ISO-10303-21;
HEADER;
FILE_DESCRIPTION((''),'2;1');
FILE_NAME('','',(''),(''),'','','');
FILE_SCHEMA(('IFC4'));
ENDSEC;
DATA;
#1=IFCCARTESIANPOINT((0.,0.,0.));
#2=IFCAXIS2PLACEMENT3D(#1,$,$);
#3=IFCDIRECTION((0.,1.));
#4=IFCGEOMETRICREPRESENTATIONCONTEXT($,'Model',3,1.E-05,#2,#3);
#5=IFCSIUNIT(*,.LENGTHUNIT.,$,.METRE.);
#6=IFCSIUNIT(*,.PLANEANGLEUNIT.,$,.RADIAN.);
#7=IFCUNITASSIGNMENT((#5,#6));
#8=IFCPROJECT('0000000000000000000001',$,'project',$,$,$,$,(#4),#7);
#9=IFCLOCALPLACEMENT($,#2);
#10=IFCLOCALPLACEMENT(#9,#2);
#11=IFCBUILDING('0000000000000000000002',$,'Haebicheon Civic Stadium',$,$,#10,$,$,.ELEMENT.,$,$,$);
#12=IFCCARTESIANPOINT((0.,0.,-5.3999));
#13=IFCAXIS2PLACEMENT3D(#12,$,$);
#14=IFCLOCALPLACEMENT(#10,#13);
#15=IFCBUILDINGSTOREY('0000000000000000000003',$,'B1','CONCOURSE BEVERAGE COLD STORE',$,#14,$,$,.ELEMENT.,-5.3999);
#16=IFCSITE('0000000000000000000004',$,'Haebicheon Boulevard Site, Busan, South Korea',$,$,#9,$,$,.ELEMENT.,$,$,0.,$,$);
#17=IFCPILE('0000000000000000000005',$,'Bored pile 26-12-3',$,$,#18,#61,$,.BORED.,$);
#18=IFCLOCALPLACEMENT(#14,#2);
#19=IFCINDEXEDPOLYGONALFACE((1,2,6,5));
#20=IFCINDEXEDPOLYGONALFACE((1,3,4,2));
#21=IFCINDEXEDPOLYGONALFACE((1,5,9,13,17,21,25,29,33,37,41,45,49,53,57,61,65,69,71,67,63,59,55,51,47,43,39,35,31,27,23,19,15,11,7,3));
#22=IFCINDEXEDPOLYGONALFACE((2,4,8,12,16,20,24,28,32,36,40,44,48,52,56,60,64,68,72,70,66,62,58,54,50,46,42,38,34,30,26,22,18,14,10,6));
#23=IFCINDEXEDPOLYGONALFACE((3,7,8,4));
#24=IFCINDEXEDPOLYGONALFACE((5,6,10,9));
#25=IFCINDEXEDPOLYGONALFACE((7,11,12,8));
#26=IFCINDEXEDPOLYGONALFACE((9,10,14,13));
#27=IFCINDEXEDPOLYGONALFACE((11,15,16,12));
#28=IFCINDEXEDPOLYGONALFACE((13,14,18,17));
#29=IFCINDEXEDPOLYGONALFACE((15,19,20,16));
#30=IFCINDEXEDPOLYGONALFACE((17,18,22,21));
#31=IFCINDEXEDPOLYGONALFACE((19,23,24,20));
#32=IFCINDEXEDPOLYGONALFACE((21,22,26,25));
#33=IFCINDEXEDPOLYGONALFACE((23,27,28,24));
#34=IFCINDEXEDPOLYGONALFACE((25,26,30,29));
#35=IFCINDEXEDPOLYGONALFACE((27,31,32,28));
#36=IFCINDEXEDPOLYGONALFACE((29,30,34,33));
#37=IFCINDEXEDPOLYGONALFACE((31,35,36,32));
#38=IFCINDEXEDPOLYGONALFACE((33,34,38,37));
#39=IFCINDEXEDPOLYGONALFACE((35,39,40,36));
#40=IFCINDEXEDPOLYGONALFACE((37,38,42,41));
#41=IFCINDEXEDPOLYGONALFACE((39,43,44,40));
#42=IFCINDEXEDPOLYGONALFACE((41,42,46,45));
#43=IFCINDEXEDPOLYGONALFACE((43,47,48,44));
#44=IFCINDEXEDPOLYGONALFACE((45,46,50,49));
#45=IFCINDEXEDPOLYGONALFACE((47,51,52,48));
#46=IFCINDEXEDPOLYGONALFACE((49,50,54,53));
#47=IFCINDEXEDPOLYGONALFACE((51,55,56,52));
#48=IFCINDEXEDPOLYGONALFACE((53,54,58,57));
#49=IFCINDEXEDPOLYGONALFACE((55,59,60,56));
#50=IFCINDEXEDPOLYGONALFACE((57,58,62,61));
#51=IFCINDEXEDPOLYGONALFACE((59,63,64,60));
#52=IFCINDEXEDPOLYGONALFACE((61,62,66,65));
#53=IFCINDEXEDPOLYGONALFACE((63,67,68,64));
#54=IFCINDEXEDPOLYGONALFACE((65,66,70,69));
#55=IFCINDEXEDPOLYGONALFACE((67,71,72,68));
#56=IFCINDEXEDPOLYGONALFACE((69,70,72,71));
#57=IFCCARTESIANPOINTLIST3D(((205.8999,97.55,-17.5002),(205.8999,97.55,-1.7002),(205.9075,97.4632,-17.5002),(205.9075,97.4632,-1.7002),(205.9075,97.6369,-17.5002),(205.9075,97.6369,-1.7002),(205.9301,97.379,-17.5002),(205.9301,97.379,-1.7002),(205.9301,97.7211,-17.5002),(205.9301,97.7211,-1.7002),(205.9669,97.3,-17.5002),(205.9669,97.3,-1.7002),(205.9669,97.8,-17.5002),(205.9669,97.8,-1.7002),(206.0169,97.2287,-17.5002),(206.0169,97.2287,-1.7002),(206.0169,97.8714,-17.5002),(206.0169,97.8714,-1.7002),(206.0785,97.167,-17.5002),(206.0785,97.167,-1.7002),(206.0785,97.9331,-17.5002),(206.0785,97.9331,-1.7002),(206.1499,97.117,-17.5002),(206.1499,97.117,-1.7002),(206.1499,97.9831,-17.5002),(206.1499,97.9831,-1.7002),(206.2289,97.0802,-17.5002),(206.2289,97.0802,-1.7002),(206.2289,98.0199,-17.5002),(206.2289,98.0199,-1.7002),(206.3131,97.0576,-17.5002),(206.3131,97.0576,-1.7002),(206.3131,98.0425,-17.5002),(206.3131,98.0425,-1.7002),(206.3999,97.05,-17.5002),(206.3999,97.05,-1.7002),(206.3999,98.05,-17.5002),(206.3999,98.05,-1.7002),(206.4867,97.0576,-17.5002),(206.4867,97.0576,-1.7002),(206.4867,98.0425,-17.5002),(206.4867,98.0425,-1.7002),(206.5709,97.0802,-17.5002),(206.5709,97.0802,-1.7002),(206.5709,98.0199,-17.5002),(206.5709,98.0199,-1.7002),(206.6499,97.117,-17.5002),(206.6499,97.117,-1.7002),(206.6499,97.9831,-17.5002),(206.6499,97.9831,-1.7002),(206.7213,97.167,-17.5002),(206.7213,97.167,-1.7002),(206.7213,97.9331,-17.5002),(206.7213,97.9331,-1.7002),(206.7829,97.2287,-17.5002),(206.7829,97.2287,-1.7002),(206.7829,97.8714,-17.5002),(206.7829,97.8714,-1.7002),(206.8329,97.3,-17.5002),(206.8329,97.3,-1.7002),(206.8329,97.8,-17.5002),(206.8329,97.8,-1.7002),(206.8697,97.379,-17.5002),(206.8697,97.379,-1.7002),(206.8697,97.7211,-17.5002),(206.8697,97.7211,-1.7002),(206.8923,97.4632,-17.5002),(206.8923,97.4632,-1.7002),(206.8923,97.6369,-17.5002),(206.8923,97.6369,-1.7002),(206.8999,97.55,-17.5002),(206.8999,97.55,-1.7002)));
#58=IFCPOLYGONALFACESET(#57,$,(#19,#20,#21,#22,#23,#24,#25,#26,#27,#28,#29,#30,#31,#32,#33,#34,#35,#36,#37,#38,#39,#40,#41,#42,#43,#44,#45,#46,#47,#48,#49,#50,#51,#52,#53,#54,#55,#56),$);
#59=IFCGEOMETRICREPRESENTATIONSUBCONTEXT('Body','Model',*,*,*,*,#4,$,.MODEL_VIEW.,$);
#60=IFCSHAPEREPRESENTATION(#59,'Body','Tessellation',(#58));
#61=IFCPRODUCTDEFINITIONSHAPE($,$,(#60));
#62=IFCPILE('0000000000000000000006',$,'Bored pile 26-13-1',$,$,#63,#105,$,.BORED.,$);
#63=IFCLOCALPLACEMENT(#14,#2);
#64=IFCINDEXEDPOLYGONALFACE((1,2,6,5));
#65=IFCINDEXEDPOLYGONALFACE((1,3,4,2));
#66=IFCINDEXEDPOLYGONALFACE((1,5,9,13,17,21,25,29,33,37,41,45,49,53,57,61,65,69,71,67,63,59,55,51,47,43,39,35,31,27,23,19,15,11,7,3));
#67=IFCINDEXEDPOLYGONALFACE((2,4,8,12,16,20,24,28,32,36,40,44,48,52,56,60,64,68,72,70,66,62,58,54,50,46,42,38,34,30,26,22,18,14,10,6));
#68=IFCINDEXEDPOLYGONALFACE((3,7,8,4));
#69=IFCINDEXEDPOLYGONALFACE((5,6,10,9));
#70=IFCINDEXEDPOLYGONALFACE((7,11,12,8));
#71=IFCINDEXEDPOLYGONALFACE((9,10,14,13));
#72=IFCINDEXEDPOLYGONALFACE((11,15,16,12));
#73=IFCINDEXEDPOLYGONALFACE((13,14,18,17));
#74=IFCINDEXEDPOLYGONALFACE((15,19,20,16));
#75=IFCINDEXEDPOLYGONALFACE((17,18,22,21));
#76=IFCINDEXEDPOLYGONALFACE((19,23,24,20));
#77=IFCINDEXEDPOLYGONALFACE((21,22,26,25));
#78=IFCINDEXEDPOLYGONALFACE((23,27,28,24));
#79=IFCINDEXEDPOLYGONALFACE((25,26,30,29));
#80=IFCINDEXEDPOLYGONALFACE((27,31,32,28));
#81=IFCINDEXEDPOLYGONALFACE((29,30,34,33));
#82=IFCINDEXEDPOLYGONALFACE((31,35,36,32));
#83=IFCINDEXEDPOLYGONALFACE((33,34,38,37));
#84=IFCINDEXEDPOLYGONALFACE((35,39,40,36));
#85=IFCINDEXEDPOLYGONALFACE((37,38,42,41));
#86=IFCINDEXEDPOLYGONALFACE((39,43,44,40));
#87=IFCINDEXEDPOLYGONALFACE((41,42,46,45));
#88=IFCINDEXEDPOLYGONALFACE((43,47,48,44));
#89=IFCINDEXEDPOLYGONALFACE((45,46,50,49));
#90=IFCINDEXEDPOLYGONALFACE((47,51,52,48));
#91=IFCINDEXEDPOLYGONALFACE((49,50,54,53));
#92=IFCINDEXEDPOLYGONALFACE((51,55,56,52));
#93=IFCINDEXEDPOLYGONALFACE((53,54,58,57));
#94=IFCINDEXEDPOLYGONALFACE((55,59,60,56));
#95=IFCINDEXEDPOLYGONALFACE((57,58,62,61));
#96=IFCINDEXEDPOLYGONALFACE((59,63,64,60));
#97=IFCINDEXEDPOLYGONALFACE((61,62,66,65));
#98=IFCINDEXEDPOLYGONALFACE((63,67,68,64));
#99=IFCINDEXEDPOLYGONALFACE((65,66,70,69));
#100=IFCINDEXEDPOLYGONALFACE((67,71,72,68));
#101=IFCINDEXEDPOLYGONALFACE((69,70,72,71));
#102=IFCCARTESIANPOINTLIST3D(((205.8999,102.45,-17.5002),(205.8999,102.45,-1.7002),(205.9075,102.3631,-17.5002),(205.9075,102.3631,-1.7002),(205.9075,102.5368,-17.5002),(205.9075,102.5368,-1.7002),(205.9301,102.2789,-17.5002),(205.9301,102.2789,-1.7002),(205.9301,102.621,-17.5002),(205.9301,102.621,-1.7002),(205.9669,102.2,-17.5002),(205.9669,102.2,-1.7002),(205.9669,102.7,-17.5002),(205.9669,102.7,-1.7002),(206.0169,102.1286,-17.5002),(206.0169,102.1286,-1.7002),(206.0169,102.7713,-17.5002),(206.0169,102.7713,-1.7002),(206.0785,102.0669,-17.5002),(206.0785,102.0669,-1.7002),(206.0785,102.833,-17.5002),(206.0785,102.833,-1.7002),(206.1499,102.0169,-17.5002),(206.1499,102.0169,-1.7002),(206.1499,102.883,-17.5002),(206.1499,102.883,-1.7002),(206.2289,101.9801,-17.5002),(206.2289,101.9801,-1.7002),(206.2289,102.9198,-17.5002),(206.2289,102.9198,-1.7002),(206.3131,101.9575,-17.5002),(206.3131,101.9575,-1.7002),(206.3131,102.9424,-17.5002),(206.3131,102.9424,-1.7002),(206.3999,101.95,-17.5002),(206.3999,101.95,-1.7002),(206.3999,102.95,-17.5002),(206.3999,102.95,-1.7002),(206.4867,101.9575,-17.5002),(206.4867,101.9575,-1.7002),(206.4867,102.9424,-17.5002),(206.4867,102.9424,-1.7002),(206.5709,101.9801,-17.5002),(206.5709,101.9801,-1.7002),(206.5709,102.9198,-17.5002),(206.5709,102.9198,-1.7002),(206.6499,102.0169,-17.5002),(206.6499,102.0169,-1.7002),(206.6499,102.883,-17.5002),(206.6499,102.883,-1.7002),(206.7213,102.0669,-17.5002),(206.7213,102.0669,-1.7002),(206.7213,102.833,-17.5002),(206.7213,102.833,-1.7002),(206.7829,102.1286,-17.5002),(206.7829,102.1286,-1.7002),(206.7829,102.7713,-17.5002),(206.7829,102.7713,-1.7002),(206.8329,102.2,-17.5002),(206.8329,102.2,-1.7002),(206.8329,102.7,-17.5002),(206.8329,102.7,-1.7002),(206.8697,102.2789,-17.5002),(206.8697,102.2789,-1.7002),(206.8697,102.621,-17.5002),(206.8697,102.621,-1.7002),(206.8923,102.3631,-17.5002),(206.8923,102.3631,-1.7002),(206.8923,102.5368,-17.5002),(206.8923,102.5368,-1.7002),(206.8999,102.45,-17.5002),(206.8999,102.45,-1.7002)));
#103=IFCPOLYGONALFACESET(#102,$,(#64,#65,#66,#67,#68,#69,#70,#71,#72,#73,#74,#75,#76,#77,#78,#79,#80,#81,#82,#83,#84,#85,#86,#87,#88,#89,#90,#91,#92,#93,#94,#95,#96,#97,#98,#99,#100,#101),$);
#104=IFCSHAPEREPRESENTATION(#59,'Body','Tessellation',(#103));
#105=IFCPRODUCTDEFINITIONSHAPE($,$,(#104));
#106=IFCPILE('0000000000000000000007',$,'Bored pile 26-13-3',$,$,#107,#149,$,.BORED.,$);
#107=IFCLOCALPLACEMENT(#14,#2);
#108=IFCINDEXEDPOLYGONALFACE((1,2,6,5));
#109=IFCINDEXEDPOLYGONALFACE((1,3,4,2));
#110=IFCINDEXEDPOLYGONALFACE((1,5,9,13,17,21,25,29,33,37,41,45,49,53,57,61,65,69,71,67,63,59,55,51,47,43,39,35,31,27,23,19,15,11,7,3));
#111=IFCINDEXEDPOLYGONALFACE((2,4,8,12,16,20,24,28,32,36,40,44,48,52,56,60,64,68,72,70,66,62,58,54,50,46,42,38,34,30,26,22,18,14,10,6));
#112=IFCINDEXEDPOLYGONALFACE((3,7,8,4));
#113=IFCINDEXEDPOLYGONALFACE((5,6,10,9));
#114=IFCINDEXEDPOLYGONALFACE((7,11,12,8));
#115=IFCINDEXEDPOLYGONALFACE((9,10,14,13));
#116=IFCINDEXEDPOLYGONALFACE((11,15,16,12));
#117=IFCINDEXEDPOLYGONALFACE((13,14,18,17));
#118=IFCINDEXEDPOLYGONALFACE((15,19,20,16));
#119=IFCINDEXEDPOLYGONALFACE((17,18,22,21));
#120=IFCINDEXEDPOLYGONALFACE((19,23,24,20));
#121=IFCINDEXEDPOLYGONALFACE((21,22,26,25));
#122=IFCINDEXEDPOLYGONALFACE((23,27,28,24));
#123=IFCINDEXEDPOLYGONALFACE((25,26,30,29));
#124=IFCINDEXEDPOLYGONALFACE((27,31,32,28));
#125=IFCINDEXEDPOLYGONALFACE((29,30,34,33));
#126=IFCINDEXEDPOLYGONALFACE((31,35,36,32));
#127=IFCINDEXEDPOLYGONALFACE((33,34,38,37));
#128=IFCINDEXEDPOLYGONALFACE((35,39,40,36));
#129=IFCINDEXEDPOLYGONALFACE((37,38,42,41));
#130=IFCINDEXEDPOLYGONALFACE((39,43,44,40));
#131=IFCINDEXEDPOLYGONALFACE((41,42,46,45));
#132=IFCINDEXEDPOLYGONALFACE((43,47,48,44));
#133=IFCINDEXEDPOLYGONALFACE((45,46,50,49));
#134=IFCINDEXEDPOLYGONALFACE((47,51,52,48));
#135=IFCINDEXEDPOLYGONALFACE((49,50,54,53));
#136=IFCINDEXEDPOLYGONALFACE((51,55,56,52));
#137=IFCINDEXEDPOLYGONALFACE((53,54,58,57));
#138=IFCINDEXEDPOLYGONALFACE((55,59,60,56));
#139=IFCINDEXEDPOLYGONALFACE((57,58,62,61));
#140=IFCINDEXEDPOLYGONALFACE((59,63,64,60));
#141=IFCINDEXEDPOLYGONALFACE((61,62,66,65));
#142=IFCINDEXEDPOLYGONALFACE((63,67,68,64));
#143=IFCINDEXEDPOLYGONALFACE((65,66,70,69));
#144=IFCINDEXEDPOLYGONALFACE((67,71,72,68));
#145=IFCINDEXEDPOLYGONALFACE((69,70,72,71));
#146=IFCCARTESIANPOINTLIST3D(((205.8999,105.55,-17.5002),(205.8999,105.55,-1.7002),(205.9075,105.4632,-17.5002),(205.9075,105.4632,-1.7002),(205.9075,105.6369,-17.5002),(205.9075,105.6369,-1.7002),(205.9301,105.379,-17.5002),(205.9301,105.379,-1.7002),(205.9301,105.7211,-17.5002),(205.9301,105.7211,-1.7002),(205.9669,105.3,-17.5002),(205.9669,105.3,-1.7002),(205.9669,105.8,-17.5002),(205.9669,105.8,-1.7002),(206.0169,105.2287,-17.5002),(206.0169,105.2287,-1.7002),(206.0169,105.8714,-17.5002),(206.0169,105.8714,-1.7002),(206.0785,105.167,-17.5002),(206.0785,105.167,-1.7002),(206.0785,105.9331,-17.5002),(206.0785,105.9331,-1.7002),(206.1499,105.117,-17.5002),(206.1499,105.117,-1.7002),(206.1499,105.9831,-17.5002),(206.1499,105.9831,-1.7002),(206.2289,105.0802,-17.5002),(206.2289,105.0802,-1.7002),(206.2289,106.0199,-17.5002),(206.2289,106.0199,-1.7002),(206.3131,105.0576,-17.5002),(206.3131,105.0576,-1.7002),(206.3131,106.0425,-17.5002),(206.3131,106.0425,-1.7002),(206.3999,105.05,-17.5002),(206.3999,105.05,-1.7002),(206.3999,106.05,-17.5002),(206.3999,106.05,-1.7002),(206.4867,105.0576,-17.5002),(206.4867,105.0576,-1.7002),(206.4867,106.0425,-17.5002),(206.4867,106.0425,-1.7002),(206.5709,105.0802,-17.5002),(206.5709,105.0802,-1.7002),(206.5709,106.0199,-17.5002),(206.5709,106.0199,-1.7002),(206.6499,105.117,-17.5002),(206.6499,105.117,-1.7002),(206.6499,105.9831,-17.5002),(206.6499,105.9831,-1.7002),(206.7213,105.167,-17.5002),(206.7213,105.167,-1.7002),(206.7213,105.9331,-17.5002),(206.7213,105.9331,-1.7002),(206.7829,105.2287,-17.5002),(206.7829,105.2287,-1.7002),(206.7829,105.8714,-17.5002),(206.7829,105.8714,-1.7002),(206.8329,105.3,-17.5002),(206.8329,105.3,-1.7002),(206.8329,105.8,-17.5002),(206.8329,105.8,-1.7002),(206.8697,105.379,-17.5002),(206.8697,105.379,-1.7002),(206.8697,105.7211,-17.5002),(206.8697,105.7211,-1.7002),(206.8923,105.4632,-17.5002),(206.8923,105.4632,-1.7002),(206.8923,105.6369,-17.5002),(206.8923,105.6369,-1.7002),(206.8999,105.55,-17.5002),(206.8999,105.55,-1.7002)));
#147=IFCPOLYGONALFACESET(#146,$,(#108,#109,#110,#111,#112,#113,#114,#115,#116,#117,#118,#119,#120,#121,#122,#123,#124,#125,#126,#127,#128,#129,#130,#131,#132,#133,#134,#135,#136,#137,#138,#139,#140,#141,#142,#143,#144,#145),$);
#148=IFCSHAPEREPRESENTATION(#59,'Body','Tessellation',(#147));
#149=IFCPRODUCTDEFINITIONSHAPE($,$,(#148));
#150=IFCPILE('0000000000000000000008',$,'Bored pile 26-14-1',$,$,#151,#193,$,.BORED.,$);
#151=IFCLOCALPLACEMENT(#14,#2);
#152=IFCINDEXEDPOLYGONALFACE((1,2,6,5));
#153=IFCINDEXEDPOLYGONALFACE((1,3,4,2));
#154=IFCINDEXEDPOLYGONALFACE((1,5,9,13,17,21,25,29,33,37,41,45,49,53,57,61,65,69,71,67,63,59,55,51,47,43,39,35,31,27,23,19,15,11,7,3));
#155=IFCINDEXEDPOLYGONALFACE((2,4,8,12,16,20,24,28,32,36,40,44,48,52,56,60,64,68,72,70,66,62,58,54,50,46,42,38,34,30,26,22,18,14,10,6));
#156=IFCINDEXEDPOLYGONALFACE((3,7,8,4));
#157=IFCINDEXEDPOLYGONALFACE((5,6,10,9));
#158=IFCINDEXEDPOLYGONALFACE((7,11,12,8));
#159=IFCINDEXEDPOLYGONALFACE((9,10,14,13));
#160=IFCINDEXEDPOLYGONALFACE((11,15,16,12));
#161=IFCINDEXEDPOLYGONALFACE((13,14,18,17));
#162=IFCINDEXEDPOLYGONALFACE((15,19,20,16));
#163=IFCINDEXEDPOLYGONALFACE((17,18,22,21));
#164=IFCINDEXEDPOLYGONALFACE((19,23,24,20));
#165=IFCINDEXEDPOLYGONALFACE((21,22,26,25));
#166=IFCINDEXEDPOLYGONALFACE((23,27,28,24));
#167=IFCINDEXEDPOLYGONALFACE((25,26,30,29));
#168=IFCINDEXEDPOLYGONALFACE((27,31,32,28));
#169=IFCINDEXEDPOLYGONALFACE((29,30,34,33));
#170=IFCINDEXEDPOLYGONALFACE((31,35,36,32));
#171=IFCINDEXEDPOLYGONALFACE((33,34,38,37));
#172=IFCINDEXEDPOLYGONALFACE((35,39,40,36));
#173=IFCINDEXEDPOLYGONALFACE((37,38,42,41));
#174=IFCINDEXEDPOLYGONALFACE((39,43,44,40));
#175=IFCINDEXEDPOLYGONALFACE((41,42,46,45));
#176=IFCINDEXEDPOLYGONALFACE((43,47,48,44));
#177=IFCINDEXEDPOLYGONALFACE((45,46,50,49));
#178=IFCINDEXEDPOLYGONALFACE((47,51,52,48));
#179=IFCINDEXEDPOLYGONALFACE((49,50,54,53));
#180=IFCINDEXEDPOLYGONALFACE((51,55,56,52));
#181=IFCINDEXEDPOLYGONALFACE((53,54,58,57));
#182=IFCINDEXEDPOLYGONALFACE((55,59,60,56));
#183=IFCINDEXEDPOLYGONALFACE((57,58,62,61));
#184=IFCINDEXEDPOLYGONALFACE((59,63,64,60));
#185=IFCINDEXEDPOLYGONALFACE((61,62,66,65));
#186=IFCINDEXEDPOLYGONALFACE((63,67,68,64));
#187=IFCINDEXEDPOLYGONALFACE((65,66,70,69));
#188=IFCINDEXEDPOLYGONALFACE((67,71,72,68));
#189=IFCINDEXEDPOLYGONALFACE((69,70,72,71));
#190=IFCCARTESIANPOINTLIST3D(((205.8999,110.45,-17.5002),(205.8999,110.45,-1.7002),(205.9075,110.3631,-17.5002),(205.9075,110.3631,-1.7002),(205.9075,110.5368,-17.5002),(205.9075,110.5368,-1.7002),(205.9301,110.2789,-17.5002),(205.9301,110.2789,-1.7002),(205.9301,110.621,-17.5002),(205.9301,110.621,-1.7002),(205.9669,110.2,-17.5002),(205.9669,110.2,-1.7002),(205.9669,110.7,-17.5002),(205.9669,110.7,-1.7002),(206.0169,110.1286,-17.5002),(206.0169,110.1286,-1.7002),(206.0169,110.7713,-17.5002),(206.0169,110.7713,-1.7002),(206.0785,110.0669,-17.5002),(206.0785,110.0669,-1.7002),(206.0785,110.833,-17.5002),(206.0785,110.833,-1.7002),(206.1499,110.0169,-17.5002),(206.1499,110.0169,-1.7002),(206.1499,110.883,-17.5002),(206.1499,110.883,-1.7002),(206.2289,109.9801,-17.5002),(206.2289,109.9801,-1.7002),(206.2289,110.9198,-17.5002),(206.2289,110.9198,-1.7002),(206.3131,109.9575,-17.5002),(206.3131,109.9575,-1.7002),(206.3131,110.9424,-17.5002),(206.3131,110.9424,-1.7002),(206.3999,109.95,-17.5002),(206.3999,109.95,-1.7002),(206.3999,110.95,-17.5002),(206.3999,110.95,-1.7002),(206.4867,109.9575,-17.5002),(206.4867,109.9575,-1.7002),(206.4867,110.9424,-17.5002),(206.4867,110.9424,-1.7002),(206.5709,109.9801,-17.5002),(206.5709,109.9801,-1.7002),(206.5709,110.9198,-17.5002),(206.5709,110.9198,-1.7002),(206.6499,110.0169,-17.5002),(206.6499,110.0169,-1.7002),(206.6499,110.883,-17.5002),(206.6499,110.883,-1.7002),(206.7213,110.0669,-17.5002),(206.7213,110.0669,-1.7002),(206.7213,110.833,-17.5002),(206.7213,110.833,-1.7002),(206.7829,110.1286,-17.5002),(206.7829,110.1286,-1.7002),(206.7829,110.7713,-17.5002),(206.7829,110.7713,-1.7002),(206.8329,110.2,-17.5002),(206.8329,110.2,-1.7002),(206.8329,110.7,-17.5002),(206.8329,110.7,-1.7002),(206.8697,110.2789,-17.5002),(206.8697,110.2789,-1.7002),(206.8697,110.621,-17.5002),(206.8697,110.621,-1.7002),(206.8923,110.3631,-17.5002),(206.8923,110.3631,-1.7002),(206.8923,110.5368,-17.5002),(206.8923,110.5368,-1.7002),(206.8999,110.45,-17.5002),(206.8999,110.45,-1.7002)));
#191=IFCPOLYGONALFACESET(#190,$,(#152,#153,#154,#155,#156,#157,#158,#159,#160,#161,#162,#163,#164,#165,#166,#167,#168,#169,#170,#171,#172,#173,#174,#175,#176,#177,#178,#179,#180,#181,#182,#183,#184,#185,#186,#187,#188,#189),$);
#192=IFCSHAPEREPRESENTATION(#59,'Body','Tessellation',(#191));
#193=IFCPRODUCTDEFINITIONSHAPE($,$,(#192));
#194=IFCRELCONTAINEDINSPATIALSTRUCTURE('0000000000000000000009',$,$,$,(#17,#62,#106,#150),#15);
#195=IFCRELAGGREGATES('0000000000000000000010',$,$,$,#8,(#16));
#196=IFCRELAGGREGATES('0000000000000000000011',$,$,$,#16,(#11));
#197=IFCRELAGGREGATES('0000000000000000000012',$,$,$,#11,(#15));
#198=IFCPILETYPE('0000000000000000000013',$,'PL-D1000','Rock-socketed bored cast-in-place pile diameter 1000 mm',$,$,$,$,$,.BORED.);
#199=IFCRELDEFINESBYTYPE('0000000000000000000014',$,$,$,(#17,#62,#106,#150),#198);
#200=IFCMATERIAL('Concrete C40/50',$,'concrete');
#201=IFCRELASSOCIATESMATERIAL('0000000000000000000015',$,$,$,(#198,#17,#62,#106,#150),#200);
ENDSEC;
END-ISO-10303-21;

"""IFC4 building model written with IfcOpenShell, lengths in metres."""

from ifc_helpers import new_model, si_unit, direction, frame, origin, origin_2d, place, context, subcontext, project, spatial, circle, extrude, material, material_profile, profile_set, type_object, element, save


model = new_model("IFC4")

# Units and contexts
model_context = context("Model", 3, precision=1e-05, world=origin(), true_north=direction((0.0, 1.0)))
body_context = subcontext(model_context, "Body", "Model", "MODEL_VIEW")
ifc_project = project(units=[si_unit("LENGTHUNIT", "METRE"), si_unit("PLANEANGLEUNIT", "RADIAN")], contexts=[model_context])

# Site, building, storey
site_placement = place(None, origin())
site = spatial("IfcSite", under=ifc_project, at=site_placement, Name="Haebicheon Boulevard Site, Busan, South Korea", CompositionType="ELEMENT", RefElevation=0.0)
building_placement = place(site_placement, origin())
building = spatial("IfcBuilding", under=site, at=building_placement, Name="Haebicheon Civic Stadium", CompositionType="ELEMENT")
storey_placement = place(building_placement, frame((0.0, 0.0, -5.3999)))
storey = spatial("IfcBuildingStorey", under=building, at=storey_placement, Name="B1", Description="CONCOURSE BEVERAGE COLD STORE", CompositionType="ELEMENT", Elevation=-5.3999)

# Piles
ifc_material_1 = material(Name="Concrete C40/50", Category="concrete")
ifc_material_profile_1 = material_profile(ifc_material_1, circle(Radius=0.5, at=origin_2d()), Name="PILE-D1000")
ifc_profile_set_1 = profile_set([ifc_material_profile_1], Name="Concrete C40/50")
pile_type = type_object("IfcPileType", Name="PL-D1000", Description="Rock-socketed bored cast-in-place pile diameter 1000 mm", PredefinedType="BORED", material=ifc_profile_set_1)
for number, where, z_axis, x_axis, name in (
    (1, (206.3999, 97.55, -1.7002), (0.0, 0.0, -1.0), (1.0, 0.0, 0.0), "Bored pile 26-12-3"),
    (2, (206.3999, 102.45, -1.7002), (0.0, 0.0, -1.0), (1.0, 0.0, 0.0), "Bored pile 26-13-1"),
    (3, (206.3999, 105.55, -1.7002), (0.0, 0.0, -1.0), (1.0, 0.0, 0.0), "Bored pile 26-13-3"),
    (4, (206.3999, 110.45, -1.7002), (0.0, 0.0, -1.0), (1.0, 0.0, 0.0), "Bored pile 26-14-1"),
):
    element("IfcPile", number, at=place(storey_placement, frame(where, z_axis=z_axis, x_axis=x_axis)), inside=storey, type_object=pile_type, material=ifc_profile_set_1, Name=name, PredefinedType="BORED", context=body_context, shape_type="SweptSolid", body=[
        extrude(circle(Radius=0.5, at=origin_2d()), origin(), (0.0, 0.0, 1.0), 15.8),
    ])

save(model, "model.ifc")
